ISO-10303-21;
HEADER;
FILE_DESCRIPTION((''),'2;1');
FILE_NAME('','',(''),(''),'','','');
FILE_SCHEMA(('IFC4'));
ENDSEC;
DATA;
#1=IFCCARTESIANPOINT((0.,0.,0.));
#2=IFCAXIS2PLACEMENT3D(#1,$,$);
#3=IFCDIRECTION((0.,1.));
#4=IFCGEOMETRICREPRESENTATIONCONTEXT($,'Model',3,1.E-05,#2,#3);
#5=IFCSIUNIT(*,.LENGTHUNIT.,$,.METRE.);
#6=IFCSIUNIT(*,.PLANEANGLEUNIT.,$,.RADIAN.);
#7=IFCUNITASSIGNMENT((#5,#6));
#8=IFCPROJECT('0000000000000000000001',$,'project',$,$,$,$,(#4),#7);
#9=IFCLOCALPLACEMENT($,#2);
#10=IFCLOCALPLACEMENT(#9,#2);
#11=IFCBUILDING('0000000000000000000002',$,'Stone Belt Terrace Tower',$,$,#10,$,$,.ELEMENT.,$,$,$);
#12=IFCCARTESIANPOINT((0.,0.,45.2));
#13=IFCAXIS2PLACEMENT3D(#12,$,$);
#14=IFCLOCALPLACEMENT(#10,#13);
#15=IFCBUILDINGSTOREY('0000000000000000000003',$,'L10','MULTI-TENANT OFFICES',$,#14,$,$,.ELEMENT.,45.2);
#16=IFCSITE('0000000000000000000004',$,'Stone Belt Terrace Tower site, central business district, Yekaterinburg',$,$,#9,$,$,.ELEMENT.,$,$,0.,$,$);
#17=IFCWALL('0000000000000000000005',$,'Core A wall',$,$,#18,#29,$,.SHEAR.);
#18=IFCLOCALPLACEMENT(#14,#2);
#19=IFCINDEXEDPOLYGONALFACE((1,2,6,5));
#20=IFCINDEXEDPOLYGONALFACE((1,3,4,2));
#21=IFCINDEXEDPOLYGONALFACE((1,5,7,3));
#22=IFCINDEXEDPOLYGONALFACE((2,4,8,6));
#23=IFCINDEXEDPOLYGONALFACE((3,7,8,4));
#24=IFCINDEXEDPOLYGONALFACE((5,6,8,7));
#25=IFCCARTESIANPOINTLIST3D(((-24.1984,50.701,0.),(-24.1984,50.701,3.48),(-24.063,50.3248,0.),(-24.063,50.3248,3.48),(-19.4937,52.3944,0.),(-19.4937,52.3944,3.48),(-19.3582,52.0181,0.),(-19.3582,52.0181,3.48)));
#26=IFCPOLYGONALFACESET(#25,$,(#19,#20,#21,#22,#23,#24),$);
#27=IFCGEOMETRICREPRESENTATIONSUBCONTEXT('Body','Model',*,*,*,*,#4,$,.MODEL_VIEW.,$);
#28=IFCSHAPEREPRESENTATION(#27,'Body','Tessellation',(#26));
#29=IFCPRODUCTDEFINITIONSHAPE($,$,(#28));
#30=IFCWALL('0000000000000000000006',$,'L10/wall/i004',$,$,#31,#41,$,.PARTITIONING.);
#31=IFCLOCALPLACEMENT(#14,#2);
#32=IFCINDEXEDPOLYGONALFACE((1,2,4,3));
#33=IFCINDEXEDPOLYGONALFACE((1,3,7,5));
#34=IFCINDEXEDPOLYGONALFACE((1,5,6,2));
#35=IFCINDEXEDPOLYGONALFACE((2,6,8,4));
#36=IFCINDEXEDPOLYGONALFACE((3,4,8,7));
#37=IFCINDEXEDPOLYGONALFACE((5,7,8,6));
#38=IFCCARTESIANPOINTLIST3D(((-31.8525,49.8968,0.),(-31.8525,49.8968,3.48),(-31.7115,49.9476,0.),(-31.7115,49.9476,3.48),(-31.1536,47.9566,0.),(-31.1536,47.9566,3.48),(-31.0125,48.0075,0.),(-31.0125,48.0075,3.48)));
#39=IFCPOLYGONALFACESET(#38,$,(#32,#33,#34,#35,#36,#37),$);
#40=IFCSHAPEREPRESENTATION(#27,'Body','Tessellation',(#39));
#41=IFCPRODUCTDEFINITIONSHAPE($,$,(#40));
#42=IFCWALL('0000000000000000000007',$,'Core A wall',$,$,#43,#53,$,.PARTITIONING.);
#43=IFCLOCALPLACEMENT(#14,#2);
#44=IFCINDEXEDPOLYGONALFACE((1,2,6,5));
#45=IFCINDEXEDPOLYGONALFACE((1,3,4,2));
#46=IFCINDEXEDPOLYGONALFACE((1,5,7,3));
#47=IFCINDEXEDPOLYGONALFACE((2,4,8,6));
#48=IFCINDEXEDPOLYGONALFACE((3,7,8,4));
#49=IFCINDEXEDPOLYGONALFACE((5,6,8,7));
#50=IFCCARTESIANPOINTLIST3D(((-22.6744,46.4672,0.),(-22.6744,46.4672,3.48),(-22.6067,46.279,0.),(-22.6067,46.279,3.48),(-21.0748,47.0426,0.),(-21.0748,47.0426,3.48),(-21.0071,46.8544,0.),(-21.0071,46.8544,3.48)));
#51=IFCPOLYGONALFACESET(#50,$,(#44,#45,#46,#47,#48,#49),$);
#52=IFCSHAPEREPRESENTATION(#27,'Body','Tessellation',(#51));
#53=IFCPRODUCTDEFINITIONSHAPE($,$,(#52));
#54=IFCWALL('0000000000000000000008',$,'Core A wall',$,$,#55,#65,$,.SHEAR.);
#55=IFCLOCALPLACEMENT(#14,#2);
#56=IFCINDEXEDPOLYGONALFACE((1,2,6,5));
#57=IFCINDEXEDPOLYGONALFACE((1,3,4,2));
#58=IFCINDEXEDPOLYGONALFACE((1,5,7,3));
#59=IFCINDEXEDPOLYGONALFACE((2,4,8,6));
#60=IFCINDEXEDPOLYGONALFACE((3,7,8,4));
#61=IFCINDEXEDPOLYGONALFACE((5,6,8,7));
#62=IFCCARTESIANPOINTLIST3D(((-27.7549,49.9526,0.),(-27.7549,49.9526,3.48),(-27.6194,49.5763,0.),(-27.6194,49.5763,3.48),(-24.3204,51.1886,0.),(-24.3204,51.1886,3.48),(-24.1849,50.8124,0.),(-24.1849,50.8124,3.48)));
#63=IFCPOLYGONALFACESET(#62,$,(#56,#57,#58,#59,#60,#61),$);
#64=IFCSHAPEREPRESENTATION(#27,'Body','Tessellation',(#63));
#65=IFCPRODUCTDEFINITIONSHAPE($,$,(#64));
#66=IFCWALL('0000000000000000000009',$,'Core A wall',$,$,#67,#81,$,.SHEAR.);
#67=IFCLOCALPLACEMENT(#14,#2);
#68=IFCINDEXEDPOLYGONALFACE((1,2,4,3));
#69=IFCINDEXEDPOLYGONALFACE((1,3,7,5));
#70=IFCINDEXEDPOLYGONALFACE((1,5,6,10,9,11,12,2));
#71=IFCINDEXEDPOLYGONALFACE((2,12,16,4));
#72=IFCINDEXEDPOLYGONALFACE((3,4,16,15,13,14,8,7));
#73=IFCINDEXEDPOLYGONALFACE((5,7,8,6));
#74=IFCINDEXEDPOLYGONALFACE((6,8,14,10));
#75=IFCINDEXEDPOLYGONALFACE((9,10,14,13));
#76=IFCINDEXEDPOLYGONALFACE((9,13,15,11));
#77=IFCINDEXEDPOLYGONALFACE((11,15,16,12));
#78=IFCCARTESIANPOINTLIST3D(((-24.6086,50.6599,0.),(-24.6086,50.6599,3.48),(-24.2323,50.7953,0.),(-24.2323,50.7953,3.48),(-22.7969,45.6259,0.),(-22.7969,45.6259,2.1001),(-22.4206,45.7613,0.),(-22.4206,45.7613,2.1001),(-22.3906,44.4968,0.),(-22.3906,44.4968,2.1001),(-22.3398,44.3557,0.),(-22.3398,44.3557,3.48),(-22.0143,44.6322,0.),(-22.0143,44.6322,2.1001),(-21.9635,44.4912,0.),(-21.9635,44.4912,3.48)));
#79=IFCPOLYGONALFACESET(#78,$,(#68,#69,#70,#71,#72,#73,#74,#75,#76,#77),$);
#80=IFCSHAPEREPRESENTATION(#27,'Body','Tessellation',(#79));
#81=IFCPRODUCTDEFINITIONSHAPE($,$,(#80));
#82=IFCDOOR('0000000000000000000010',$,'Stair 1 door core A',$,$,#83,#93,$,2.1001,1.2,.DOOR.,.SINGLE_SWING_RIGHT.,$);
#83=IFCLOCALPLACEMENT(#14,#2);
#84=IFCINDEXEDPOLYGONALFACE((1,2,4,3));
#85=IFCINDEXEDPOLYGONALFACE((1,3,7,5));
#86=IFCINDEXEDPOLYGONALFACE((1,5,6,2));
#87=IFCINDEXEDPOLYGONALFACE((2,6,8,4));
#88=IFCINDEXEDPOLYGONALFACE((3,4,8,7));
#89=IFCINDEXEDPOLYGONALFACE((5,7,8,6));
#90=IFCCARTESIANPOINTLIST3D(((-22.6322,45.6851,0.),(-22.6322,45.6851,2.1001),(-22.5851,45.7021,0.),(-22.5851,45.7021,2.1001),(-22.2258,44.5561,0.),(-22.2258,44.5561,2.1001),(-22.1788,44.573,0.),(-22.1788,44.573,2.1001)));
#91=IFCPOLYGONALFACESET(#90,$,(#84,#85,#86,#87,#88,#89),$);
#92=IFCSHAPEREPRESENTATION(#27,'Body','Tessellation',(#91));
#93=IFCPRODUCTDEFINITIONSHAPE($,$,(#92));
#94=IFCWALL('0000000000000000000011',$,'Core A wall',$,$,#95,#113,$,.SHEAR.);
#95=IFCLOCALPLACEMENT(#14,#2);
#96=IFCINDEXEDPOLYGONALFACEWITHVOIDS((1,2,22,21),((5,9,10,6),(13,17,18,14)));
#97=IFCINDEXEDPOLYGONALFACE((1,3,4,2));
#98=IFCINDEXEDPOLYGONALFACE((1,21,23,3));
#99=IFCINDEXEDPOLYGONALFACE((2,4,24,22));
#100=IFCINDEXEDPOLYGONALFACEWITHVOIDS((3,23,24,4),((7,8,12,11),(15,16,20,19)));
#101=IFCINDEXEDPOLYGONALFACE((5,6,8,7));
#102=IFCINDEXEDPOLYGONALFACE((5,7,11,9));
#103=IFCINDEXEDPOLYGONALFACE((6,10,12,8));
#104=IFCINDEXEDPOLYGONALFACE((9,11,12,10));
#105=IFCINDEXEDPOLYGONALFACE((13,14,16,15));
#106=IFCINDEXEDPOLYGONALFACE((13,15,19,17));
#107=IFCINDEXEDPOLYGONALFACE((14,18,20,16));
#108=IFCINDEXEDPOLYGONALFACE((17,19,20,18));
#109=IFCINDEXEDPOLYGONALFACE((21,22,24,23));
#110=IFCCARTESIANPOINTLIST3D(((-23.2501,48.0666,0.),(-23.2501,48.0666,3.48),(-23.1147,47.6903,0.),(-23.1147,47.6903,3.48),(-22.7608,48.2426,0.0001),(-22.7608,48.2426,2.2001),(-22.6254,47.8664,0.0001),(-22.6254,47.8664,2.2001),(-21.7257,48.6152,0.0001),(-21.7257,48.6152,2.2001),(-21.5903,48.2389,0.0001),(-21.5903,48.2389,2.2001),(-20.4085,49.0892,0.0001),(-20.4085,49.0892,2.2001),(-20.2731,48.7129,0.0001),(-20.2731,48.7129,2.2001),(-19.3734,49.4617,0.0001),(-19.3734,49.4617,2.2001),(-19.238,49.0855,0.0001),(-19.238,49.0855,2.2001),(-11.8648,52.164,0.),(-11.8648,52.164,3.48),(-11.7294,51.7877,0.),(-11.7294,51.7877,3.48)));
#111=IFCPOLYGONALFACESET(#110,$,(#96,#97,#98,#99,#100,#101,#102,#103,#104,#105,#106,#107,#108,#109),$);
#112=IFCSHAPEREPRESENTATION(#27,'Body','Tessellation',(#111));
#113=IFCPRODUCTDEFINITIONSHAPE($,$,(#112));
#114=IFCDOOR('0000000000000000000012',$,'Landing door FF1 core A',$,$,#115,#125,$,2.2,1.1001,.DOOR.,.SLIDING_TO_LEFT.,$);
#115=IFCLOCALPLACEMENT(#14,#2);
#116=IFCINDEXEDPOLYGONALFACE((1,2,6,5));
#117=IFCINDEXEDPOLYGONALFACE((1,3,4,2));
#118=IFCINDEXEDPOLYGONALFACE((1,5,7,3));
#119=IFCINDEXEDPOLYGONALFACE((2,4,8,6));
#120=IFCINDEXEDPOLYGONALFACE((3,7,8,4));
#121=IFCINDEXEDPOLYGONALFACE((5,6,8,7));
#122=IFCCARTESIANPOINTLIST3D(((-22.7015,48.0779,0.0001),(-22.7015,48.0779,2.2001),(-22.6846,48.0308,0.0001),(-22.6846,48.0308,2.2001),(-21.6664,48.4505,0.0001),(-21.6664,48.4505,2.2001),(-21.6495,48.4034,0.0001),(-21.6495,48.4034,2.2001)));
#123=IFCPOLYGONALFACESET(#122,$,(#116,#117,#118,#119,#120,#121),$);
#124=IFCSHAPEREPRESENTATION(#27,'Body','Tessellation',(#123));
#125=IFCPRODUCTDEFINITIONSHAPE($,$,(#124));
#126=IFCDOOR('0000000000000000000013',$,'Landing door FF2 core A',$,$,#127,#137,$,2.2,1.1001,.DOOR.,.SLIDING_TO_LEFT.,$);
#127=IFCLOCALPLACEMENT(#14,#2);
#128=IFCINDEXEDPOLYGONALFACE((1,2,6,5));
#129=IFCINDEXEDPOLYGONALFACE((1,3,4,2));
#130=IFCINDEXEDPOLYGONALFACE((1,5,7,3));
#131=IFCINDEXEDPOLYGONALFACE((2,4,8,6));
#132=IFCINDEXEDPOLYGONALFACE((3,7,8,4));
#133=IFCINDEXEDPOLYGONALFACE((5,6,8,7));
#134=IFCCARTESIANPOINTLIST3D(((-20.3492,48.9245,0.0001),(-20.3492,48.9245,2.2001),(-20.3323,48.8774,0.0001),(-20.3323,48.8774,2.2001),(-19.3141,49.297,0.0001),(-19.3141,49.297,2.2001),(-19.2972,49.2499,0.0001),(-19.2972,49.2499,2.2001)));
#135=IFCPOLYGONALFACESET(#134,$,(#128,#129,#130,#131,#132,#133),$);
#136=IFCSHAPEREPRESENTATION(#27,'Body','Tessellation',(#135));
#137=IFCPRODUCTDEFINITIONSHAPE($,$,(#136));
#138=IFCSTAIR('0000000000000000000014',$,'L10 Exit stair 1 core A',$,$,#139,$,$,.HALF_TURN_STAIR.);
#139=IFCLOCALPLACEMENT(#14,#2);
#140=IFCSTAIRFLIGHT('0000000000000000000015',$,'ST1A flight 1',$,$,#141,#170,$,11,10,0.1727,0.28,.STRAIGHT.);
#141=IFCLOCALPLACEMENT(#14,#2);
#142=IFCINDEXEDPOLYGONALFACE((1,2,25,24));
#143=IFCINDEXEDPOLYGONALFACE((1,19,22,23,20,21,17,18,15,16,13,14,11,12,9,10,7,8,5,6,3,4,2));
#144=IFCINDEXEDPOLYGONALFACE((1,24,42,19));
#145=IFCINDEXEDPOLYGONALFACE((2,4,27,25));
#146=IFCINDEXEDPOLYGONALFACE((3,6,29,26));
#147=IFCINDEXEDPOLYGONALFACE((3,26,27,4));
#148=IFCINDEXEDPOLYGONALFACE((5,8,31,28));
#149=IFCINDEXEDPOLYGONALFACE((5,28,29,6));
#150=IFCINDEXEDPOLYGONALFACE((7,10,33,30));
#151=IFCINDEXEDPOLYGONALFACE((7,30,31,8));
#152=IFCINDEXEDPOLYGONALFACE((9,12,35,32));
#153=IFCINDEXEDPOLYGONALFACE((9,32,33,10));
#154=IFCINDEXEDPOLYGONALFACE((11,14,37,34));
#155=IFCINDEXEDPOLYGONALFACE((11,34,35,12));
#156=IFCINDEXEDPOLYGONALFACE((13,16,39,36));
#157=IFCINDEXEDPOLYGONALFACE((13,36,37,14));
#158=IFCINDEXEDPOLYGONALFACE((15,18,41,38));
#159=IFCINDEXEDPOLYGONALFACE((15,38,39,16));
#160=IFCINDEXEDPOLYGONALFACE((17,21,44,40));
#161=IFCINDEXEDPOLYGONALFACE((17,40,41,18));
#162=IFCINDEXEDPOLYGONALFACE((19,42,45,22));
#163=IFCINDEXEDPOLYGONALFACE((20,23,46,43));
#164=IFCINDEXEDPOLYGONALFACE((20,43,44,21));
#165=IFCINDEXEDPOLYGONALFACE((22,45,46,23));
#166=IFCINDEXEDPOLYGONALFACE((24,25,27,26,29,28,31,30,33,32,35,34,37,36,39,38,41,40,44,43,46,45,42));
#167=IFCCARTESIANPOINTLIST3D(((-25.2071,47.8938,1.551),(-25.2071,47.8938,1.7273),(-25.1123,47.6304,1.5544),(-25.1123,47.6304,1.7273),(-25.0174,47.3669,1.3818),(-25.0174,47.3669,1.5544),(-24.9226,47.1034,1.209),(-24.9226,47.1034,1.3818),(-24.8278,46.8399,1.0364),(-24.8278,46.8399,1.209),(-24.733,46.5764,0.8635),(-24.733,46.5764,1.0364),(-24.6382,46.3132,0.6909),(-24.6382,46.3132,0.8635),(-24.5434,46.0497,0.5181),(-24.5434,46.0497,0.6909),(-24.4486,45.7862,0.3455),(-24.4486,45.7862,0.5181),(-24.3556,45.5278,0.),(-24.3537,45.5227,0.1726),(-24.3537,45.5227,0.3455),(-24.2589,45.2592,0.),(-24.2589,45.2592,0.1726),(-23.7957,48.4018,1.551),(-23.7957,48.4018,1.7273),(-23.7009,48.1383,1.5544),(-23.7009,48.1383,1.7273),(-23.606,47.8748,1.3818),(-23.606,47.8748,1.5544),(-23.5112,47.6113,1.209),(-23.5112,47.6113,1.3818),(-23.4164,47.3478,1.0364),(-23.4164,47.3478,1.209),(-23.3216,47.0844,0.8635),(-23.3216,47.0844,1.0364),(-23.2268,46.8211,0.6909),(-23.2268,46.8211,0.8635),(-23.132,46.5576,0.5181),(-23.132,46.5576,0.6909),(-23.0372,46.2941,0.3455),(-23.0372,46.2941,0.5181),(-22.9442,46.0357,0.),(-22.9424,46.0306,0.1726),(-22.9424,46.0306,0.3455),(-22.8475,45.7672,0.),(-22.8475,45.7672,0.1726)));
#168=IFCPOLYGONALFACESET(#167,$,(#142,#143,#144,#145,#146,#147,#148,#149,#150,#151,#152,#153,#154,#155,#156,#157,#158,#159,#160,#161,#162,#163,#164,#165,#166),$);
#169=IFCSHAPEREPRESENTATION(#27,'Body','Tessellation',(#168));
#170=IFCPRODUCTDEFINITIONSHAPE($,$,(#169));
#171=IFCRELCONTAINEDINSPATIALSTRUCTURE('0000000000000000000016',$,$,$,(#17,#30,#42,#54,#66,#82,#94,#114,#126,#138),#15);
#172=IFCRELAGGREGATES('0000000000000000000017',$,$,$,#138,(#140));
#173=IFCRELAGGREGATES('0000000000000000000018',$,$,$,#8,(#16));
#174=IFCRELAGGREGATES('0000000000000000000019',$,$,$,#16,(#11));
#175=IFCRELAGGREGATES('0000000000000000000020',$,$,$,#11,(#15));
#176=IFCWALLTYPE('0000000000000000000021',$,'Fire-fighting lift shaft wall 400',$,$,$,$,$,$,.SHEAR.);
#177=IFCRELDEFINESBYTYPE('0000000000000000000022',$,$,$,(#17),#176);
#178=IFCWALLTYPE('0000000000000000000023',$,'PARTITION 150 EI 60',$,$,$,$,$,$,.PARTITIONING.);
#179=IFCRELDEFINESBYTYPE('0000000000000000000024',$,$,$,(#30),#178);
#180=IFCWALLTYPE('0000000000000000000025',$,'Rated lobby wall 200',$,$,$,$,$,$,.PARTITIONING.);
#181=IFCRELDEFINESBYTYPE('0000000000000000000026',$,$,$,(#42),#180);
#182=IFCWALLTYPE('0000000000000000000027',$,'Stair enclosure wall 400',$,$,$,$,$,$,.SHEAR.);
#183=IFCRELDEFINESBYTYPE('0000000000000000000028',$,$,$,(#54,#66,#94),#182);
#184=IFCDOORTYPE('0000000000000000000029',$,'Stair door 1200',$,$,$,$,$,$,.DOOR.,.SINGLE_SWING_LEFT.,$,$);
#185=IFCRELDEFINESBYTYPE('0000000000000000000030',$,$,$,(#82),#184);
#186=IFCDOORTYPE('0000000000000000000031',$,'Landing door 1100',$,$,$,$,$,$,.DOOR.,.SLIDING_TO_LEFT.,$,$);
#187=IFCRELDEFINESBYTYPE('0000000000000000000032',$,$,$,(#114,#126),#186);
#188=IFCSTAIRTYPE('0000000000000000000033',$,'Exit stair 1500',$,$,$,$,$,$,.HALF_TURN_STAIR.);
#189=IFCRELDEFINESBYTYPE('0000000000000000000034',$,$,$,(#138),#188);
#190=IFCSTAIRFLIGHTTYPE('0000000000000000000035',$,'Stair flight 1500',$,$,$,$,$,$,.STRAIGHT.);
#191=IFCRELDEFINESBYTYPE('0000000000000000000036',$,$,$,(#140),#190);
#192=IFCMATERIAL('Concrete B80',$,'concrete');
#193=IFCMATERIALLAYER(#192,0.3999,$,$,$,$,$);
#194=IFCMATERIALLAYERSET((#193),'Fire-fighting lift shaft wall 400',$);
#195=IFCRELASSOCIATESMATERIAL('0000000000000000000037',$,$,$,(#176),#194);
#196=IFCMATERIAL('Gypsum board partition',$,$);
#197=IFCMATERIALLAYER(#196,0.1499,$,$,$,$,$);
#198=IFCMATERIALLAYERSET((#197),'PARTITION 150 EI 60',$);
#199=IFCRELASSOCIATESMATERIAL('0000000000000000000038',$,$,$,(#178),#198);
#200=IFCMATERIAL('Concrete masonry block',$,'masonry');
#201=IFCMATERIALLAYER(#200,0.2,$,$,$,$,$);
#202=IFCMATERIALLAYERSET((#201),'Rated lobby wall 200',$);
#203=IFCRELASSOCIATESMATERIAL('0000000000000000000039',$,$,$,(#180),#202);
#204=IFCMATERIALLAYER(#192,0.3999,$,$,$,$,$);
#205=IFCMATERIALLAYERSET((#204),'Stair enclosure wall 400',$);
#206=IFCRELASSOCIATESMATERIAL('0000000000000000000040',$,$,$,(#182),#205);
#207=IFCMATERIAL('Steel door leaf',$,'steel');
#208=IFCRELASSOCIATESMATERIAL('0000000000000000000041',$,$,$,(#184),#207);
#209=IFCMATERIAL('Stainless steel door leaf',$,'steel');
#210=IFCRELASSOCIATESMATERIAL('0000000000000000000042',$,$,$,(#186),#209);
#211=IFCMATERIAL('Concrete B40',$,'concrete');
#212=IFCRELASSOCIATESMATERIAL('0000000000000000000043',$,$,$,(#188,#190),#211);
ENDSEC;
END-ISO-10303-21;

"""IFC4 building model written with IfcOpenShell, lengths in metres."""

from ifc_helpers import new_model, si_unit, direction, frame, frame_2d, origin, place, context, subcontext, project, spatial, polyline, rectangle, outline, extrude, material, layer, layer_set, type_object, element, fill, aggregate, save


model = new_model("IFC4")

# Units and contexts
model_context = context("Model", 3, precision=1e-05, world=origin(), true_north=direction((0.0, 1.0)))
body_context = subcontext(model_context, "Body", "Model", "MODEL_VIEW")
ifc_project = project(units=[si_unit("LENGTHUNIT", "METRE"), si_unit("PLANEANGLEUNIT", "RADIAN")], contexts=[model_context])

# Site, building, storey
site_placement = place(None, origin())
site = spatial("IfcSite", under=ifc_project, at=site_placement, Name="Stone Belt Terrace Tower site, central business district, Yekaterinburg", CompositionType="ELEMENT", RefElevation=0.0)
building_placement = place(site_placement, origin())
building = spatial("IfcBuilding", under=site, at=building_placement, Name="Stone Belt Terrace Tower", CompositionType="ELEMENT")
storey_placement = place(building_placement, frame((0.0, 0.0, 45.2)))
storey = spatial("IfcBuildingStorey", under=building, at=storey_placement, Name="L10", Description="MULTI-TENANT OFFICES", CompositionType="ELEMENT", Elevation=45.2)

# Walls
ifc_material_1 = material(Name="Concrete B80", Category="concrete")
ifc_layer_1 = layer(ifc_material_1, 0.3999)
ifc_layer_set_1 = layer_set([ifc_layer_1], Name="Fire-fighting lift shaft wall 400")
wall_type_1 = type_object("IfcWallType", Name="Fire-fighting lift shaft wall 400", PredefinedType="SHEAR", material=ifc_layer_set_1)
wall_1_placement = place(storey_placement, frame((-24.1306, 50.5129, 0.0), z_axis=(0.0, 0.0, 1.0), x_axis=(0.940912, 0.338652, 0.0)))
element("IfcWall", 1, at=wall_1_placement, inside=storey, type_object=wall_type_1, Name="Core A wall", PredefinedType="SHEAR", context=body_context, shape_type="SweptSolid", body=[
    extrude(rectangle(XDim=5.0002, YDim=0.3999, at=frame_2d((2.5, 0.0))), origin(), (0.0, 0.0, 1.0), 3.48),
])
ifc_material_2 = material(Name="Gypsum board partition")
ifc_layer_2 = layer(ifc_material_2, 0.1499)
ifc_layer_set_2 = layer_set([ifc_layer_2], Name="PARTITION 150 EI 60")
wall_type_2 = type_object("IfcWallType", Name="PARTITION 150 EI 60", PredefinedType="PARTITIONING", material=ifc_layer_set_2)
wall_2_placement = place(storey_placement, frame((-31.083, 47.9819, 0.0), z_axis=(0.0, 0.0, 1.0), x_axis=(-0.338937, 0.940809, 0.0)))
element("IfcWall", 2, at=wall_2_placement, inside=storey, type_object=wall_type_2, Name="L10/wall/i004", PredefinedType="PARTITIONING", context=body_context, shape_type="SweptSolid", body=[
    extrude(rectangle(XDim=2.0623, YDim=0.1499, at=frame_2d((1.0312, 0.0))), origin(), (0.0, 0.0, 1.0), 3.48),
])
ifc_material_3 = material(Name="Concrete masonry block", Category="masonry")
ifc_layer_3 = layer(ifc_material_3, 0.2)
ifc_layer_set_3 = layer_set([ifc_layer_3], Name="Rated lobby wall 200")
wall_type_3 = type_object("IfcWallType", Name="Rated lobby wall 200", PredefinedType="PARTITIONING", material=ifc_layer_set_3)
wall_3_placement = place(storey_placement, frame((-22.6406, 46.373, 0.0), z_axis=(0.0, 0.0, 1.0), x_axis=(0.940966, 0.338501, 0.0)))
element("IfcWall", 3, at=wall_3_placement, inside=storey, type_object=wall_type_3, Name="Core A wall", PredefinedType="PARTITIONING", context=body_context, shape_type="SweptSolid", body=[
    extrude(rectangle(XDim=1.7, YDim=0.2, at=frame_2d((0.8501, 0.0))), origin(), (0.0, 0.0, 1.0), 3.48),
])
ifc_layer_4 = layer(ifc_material_1, 0.3999)
ifc_layer_set_4 = layer_set([ifc_layer_4], Name="Stair enclosure wall 400")
wall_type_4 = type_object("IfcWallType", Name="Stair enclosure wall 400", PredefinedType="SHEAR", material=ifc_layer_set_4)
wall_4_placement = place(storey_placement, frame((-27.6873, 49.7644, 0.0), z_axis=(0.0, 0.0, 1.0), x_axis=(0.940919, 0.338632, 0.0)))
element("IfcWall", 4, at=wall_4_placement, inside=storey, type_object=wall_type_4, Name="Core A wall", PredefinedType="SHEAR", context=body_context, shape_type="SweptSolid", body=[
    extrude(rectangle(XDim=3.6501, YDim=0.3999, at=frame_2d((1.8252, 0.0))), origin(), (0.0, 0.0, 1.0), 3.48),
])

# Wall, opening, door
wall_5_placement = place(storey_placement, frame((-22.1516, 44.4233, 0.0), z_axis=(0.0, 0.0, 1.0), x_axis=(-0.338625, 0.940921, 0.0)))
wall_5 = element("IfcWall", 5, at=wall_5_placement, inside=storey, type_object=wall_type_4, Name="Core A wall", PredefinedType="SHEAR", context=body_context, shape_type="SweptSolid", body=[
    extrude(rectangle(XDim=6.7, YDim=0.3999, at=frame_2d((3.3501, 0.0))), origin(), (0.0, 0.0, 1.0), 3.48),
])
opening_1_placement = place(wall_5_placement, frame((0.1499, 0.0, 0.0)))
opening_1 = element("IfcOpeningElement", 6, at=opening_1_placement, cuts=wall_5, PredefinedType="OPENING", context=body_context, shape_type="SweptSolid", body=[
    extrude(rectangle(XDim=1.2, YDim=2.1001, at=frame_2d((0.6001, 1.05))), frame((0.0, 0.21, 0.0), z_axis=(0.0, -1.0, 0.0), x_axis=(1.0, 0.0, 0.0)), (0.0, 0.0, 1.0), 0.4199),
])
ifc_material_4 = material(Name="Steel door leaf", Category="steel")
door_type_1 = type_object("IfcDoorType", Name="Stair door 1200", OperationType="SINGLE_SWING_LEFT", PredefinedType="DOOR", material=ifc_material_4)
door_1_placement = place(opening_1_placement, origin())
door_1 = element("IfcDoor", 7, at=door_1_placement, inside=storey, type_object=door_type_1, Name="Stair 1 door core A", OperationType="SINGLE_SWING_RIGHT", OverallHeight=2.1001, OverallWidth=1.2, PredefinedType="DOOR", context=body_context, shape_type="SweptSolid", body=[
    extrude(rectangle(XDim=1.2, YDim=2.1001, at=frame_2d((0.6001, 1.05))), frame((0.0, 0.0249, 0.0), z_axis=(0.0, -1.0, 0.0), x_axis=(1.0, 0.0, 0.0)), (0.0, 0.0, 1.0), 0.05),
])
fill(opening_1, door_1)

# Wall, openings, doors
wall_6_placement = place(storey_placement, frame((-23.1824, 47.8784, 0.0), z_axis=(0.0, 0.0, 1.0), x_axis=(0.940921, 0.338626, 0.0)))
wall_6 = element("IfcWall", 8, at=wall_6_placement, inside=storey, type_object=wall_type_4, Name="Core A wall", PredefinedType="SHEAR", context=body_context, shape_type="SweptSolid", body=[
    extrude(rectangle(XDim=12.1001, YDim=0.3999, at=frame_2d((6.05, 0.0))), origin(), (0.0, 0.0, 1.0), 3.48),
])
opening_2_placement = place(wall_6_placement, frame((0.52, 0.0, 0.0)))
opening_2 = element("IfcOpeningElement", 9, at=opening_2_placement, cuts=wall_6, PredefinedType="OPENING", context=body_context, shape_type="SweptSolid", body=[
    extrude(rectangle(XDim=1.1001, YDim=2.2, at=frame_2d((0.55, 1.1001))), frame((0.0, 0.21, 0.0), z_axis=(0.0, -1.0, 0.0), x_axis=(1.0, 0.0, 0.0)), (0.0, 0.0, 1.0), 0.4199),
])
opening_3_placement = place(wall_6_placement, frame((3.02, 0.0, 0.0)))
opening_3 = element("IfcOpeningElement", 10, at=opening_3_placement, cuts=wall_6, PredefinedType="OPENING", context=body_context, shape_type="SweptSolid", body=[
    extrude(rectangle(XDim=1.1001, YDim=2.2, at=frame_2d((0.55, 1.1001))), frame((0.0, 0.21, 0.0), z_axis=(0.0, -1.0, 0.0), x_axis=(1.0, 0.0, 0.0)), (0.0, 0.0, 1.0), 0.4199),
])
ifc_material_5 = material(Name="Stainless steel door leaf", Category="steel")
door_type_2 = type_object("IfcDoorType", Name="Landing door 1100", OperationType="SLIDING_TO_LEFT", PredefinedType="DOOR", material=ifc_material_5)
door_2_placement = place(opening_2_placement, origin())
door_2 = element("IfcDoor", 11, at=door_2_placement, inside=storey, type_object=door_type_2, Name="Landing door FF1 core A", OperationType="SLIDING_TO_LEFT", OverallHeight=2.2, OverallWidth=1.1001, PredefinedType="DOOR", context=body_context, shape_type="SweptSolid", body=[
    extrude(rectangle(XDim=1.1001, YDim=2.2, at=frame_2d((0.55, 1.1001))), frame((0.0, 0.0249, 0.0), z_axis=(0.0, -1.0, 0.0), x_axis=(1.0, 0.0, 0.0)), (0.0, 0.0, 1.0), 0.05),
])
fill(opening_2, door_2)
door_3_placement = place(opening_3_placement, origin())
door_3 = element("IfcDoor", 12, at=door_3_placement, inside=storey, type_object=door_type_2, Name="Landing door FF2 core A", OperationType="SLIDING_TO_LEFT", OverallHeight=2.2, OverallWidth=1.1001, PredefinedType="DOOR", context=body_context, shape_type="SweptSolid", body=[
    extrude(rectangle(XDim=1.1001, YDim=2.2, at=frame_2d((0.55, 1.1001))), frame((0.0, 0.0249, 0.0), z_axis=(0.0, -1.0, 0.0), x_axis=(1.0, 0.0, 0.0)), (0.0, 0.0, 1.0), 0.05),
])
fill(opening_3, door_3)

# Stair, stair flight
ifc_material_6 = material(Name="Concrete B40", Category="concrete")
stair_type = type_object("IfcStairType", Name="Exit stair 1500", PredefinedType="HALF_TURN_STAIR", material=ifc_material_6)
stair_placement = place(storey_placement, origin())
stair = element("IfcStair", 13, at=stair_placement, inside=storey, type_object=stair_type, Name="L10 Exit stair 1 core A", PredefinedType="HALF_TURN_STAIR")
stair_flight_type = type_object("IfcStairFlightType", Name="Stair flight 1500", PredefinedType="STRAIGHT", material=ifc_material_6)
stair_flight_1_placement = place(storey_placement, frame((-23.5532, 45.5132, 0.0), z_axis=(0.0, 0.0, 1.0), x_axis=(-0.338624, 0.940922, 0.0)))
stair_flight_1 = element("IfcStairFlight", 14, at=stair_flight_1_placement, type_object=stair_flight_type, Name="ST1A flight 1", NumberOfRisers=11, NumberOfTreads=10, PredefinedType="STRAIGHT", RiserHeight=0.1727, TreadLength=0.28, context=body_context, shape_type="SweptSolid", body=[
    extrude(outline(polyline([(0.0, 0.0), (0.0, 0.1726), (0.28, 0.1726), (0.28, 0.3455), (0.5601, 0.3455), (0.5601, 0.5181), (0.8401, 0.5181), (0.8401, 0.6909), (1.1201, 0.6909), (1.1201, 0.8635), (1.3999, 0.8635), (1.3999, 1.0364), (1.6799, 1.0364), (1.6799, 1.209), (1.96, 1.209), (1.96, 1.3818), (2.24, 1.3818), (2.24, 1.5544), (2.52, 1.5544), (2.52, 1.7273), (2.8, 1.7273), (2.8, 1.8999), (2.8, 1.551), (0.2854, 0.0), (0.0, 0.0)])), frame((0.0, 0.75, 0.0), z_axis=(0.0, -1.0, 0.0), x_axis=(1.0, 0.0, 0.0)), (0.0, 0.0, 1.0), 1.5),
])
aggregate(stair, [stair_flight_1])

save(model, "model.ifc")
